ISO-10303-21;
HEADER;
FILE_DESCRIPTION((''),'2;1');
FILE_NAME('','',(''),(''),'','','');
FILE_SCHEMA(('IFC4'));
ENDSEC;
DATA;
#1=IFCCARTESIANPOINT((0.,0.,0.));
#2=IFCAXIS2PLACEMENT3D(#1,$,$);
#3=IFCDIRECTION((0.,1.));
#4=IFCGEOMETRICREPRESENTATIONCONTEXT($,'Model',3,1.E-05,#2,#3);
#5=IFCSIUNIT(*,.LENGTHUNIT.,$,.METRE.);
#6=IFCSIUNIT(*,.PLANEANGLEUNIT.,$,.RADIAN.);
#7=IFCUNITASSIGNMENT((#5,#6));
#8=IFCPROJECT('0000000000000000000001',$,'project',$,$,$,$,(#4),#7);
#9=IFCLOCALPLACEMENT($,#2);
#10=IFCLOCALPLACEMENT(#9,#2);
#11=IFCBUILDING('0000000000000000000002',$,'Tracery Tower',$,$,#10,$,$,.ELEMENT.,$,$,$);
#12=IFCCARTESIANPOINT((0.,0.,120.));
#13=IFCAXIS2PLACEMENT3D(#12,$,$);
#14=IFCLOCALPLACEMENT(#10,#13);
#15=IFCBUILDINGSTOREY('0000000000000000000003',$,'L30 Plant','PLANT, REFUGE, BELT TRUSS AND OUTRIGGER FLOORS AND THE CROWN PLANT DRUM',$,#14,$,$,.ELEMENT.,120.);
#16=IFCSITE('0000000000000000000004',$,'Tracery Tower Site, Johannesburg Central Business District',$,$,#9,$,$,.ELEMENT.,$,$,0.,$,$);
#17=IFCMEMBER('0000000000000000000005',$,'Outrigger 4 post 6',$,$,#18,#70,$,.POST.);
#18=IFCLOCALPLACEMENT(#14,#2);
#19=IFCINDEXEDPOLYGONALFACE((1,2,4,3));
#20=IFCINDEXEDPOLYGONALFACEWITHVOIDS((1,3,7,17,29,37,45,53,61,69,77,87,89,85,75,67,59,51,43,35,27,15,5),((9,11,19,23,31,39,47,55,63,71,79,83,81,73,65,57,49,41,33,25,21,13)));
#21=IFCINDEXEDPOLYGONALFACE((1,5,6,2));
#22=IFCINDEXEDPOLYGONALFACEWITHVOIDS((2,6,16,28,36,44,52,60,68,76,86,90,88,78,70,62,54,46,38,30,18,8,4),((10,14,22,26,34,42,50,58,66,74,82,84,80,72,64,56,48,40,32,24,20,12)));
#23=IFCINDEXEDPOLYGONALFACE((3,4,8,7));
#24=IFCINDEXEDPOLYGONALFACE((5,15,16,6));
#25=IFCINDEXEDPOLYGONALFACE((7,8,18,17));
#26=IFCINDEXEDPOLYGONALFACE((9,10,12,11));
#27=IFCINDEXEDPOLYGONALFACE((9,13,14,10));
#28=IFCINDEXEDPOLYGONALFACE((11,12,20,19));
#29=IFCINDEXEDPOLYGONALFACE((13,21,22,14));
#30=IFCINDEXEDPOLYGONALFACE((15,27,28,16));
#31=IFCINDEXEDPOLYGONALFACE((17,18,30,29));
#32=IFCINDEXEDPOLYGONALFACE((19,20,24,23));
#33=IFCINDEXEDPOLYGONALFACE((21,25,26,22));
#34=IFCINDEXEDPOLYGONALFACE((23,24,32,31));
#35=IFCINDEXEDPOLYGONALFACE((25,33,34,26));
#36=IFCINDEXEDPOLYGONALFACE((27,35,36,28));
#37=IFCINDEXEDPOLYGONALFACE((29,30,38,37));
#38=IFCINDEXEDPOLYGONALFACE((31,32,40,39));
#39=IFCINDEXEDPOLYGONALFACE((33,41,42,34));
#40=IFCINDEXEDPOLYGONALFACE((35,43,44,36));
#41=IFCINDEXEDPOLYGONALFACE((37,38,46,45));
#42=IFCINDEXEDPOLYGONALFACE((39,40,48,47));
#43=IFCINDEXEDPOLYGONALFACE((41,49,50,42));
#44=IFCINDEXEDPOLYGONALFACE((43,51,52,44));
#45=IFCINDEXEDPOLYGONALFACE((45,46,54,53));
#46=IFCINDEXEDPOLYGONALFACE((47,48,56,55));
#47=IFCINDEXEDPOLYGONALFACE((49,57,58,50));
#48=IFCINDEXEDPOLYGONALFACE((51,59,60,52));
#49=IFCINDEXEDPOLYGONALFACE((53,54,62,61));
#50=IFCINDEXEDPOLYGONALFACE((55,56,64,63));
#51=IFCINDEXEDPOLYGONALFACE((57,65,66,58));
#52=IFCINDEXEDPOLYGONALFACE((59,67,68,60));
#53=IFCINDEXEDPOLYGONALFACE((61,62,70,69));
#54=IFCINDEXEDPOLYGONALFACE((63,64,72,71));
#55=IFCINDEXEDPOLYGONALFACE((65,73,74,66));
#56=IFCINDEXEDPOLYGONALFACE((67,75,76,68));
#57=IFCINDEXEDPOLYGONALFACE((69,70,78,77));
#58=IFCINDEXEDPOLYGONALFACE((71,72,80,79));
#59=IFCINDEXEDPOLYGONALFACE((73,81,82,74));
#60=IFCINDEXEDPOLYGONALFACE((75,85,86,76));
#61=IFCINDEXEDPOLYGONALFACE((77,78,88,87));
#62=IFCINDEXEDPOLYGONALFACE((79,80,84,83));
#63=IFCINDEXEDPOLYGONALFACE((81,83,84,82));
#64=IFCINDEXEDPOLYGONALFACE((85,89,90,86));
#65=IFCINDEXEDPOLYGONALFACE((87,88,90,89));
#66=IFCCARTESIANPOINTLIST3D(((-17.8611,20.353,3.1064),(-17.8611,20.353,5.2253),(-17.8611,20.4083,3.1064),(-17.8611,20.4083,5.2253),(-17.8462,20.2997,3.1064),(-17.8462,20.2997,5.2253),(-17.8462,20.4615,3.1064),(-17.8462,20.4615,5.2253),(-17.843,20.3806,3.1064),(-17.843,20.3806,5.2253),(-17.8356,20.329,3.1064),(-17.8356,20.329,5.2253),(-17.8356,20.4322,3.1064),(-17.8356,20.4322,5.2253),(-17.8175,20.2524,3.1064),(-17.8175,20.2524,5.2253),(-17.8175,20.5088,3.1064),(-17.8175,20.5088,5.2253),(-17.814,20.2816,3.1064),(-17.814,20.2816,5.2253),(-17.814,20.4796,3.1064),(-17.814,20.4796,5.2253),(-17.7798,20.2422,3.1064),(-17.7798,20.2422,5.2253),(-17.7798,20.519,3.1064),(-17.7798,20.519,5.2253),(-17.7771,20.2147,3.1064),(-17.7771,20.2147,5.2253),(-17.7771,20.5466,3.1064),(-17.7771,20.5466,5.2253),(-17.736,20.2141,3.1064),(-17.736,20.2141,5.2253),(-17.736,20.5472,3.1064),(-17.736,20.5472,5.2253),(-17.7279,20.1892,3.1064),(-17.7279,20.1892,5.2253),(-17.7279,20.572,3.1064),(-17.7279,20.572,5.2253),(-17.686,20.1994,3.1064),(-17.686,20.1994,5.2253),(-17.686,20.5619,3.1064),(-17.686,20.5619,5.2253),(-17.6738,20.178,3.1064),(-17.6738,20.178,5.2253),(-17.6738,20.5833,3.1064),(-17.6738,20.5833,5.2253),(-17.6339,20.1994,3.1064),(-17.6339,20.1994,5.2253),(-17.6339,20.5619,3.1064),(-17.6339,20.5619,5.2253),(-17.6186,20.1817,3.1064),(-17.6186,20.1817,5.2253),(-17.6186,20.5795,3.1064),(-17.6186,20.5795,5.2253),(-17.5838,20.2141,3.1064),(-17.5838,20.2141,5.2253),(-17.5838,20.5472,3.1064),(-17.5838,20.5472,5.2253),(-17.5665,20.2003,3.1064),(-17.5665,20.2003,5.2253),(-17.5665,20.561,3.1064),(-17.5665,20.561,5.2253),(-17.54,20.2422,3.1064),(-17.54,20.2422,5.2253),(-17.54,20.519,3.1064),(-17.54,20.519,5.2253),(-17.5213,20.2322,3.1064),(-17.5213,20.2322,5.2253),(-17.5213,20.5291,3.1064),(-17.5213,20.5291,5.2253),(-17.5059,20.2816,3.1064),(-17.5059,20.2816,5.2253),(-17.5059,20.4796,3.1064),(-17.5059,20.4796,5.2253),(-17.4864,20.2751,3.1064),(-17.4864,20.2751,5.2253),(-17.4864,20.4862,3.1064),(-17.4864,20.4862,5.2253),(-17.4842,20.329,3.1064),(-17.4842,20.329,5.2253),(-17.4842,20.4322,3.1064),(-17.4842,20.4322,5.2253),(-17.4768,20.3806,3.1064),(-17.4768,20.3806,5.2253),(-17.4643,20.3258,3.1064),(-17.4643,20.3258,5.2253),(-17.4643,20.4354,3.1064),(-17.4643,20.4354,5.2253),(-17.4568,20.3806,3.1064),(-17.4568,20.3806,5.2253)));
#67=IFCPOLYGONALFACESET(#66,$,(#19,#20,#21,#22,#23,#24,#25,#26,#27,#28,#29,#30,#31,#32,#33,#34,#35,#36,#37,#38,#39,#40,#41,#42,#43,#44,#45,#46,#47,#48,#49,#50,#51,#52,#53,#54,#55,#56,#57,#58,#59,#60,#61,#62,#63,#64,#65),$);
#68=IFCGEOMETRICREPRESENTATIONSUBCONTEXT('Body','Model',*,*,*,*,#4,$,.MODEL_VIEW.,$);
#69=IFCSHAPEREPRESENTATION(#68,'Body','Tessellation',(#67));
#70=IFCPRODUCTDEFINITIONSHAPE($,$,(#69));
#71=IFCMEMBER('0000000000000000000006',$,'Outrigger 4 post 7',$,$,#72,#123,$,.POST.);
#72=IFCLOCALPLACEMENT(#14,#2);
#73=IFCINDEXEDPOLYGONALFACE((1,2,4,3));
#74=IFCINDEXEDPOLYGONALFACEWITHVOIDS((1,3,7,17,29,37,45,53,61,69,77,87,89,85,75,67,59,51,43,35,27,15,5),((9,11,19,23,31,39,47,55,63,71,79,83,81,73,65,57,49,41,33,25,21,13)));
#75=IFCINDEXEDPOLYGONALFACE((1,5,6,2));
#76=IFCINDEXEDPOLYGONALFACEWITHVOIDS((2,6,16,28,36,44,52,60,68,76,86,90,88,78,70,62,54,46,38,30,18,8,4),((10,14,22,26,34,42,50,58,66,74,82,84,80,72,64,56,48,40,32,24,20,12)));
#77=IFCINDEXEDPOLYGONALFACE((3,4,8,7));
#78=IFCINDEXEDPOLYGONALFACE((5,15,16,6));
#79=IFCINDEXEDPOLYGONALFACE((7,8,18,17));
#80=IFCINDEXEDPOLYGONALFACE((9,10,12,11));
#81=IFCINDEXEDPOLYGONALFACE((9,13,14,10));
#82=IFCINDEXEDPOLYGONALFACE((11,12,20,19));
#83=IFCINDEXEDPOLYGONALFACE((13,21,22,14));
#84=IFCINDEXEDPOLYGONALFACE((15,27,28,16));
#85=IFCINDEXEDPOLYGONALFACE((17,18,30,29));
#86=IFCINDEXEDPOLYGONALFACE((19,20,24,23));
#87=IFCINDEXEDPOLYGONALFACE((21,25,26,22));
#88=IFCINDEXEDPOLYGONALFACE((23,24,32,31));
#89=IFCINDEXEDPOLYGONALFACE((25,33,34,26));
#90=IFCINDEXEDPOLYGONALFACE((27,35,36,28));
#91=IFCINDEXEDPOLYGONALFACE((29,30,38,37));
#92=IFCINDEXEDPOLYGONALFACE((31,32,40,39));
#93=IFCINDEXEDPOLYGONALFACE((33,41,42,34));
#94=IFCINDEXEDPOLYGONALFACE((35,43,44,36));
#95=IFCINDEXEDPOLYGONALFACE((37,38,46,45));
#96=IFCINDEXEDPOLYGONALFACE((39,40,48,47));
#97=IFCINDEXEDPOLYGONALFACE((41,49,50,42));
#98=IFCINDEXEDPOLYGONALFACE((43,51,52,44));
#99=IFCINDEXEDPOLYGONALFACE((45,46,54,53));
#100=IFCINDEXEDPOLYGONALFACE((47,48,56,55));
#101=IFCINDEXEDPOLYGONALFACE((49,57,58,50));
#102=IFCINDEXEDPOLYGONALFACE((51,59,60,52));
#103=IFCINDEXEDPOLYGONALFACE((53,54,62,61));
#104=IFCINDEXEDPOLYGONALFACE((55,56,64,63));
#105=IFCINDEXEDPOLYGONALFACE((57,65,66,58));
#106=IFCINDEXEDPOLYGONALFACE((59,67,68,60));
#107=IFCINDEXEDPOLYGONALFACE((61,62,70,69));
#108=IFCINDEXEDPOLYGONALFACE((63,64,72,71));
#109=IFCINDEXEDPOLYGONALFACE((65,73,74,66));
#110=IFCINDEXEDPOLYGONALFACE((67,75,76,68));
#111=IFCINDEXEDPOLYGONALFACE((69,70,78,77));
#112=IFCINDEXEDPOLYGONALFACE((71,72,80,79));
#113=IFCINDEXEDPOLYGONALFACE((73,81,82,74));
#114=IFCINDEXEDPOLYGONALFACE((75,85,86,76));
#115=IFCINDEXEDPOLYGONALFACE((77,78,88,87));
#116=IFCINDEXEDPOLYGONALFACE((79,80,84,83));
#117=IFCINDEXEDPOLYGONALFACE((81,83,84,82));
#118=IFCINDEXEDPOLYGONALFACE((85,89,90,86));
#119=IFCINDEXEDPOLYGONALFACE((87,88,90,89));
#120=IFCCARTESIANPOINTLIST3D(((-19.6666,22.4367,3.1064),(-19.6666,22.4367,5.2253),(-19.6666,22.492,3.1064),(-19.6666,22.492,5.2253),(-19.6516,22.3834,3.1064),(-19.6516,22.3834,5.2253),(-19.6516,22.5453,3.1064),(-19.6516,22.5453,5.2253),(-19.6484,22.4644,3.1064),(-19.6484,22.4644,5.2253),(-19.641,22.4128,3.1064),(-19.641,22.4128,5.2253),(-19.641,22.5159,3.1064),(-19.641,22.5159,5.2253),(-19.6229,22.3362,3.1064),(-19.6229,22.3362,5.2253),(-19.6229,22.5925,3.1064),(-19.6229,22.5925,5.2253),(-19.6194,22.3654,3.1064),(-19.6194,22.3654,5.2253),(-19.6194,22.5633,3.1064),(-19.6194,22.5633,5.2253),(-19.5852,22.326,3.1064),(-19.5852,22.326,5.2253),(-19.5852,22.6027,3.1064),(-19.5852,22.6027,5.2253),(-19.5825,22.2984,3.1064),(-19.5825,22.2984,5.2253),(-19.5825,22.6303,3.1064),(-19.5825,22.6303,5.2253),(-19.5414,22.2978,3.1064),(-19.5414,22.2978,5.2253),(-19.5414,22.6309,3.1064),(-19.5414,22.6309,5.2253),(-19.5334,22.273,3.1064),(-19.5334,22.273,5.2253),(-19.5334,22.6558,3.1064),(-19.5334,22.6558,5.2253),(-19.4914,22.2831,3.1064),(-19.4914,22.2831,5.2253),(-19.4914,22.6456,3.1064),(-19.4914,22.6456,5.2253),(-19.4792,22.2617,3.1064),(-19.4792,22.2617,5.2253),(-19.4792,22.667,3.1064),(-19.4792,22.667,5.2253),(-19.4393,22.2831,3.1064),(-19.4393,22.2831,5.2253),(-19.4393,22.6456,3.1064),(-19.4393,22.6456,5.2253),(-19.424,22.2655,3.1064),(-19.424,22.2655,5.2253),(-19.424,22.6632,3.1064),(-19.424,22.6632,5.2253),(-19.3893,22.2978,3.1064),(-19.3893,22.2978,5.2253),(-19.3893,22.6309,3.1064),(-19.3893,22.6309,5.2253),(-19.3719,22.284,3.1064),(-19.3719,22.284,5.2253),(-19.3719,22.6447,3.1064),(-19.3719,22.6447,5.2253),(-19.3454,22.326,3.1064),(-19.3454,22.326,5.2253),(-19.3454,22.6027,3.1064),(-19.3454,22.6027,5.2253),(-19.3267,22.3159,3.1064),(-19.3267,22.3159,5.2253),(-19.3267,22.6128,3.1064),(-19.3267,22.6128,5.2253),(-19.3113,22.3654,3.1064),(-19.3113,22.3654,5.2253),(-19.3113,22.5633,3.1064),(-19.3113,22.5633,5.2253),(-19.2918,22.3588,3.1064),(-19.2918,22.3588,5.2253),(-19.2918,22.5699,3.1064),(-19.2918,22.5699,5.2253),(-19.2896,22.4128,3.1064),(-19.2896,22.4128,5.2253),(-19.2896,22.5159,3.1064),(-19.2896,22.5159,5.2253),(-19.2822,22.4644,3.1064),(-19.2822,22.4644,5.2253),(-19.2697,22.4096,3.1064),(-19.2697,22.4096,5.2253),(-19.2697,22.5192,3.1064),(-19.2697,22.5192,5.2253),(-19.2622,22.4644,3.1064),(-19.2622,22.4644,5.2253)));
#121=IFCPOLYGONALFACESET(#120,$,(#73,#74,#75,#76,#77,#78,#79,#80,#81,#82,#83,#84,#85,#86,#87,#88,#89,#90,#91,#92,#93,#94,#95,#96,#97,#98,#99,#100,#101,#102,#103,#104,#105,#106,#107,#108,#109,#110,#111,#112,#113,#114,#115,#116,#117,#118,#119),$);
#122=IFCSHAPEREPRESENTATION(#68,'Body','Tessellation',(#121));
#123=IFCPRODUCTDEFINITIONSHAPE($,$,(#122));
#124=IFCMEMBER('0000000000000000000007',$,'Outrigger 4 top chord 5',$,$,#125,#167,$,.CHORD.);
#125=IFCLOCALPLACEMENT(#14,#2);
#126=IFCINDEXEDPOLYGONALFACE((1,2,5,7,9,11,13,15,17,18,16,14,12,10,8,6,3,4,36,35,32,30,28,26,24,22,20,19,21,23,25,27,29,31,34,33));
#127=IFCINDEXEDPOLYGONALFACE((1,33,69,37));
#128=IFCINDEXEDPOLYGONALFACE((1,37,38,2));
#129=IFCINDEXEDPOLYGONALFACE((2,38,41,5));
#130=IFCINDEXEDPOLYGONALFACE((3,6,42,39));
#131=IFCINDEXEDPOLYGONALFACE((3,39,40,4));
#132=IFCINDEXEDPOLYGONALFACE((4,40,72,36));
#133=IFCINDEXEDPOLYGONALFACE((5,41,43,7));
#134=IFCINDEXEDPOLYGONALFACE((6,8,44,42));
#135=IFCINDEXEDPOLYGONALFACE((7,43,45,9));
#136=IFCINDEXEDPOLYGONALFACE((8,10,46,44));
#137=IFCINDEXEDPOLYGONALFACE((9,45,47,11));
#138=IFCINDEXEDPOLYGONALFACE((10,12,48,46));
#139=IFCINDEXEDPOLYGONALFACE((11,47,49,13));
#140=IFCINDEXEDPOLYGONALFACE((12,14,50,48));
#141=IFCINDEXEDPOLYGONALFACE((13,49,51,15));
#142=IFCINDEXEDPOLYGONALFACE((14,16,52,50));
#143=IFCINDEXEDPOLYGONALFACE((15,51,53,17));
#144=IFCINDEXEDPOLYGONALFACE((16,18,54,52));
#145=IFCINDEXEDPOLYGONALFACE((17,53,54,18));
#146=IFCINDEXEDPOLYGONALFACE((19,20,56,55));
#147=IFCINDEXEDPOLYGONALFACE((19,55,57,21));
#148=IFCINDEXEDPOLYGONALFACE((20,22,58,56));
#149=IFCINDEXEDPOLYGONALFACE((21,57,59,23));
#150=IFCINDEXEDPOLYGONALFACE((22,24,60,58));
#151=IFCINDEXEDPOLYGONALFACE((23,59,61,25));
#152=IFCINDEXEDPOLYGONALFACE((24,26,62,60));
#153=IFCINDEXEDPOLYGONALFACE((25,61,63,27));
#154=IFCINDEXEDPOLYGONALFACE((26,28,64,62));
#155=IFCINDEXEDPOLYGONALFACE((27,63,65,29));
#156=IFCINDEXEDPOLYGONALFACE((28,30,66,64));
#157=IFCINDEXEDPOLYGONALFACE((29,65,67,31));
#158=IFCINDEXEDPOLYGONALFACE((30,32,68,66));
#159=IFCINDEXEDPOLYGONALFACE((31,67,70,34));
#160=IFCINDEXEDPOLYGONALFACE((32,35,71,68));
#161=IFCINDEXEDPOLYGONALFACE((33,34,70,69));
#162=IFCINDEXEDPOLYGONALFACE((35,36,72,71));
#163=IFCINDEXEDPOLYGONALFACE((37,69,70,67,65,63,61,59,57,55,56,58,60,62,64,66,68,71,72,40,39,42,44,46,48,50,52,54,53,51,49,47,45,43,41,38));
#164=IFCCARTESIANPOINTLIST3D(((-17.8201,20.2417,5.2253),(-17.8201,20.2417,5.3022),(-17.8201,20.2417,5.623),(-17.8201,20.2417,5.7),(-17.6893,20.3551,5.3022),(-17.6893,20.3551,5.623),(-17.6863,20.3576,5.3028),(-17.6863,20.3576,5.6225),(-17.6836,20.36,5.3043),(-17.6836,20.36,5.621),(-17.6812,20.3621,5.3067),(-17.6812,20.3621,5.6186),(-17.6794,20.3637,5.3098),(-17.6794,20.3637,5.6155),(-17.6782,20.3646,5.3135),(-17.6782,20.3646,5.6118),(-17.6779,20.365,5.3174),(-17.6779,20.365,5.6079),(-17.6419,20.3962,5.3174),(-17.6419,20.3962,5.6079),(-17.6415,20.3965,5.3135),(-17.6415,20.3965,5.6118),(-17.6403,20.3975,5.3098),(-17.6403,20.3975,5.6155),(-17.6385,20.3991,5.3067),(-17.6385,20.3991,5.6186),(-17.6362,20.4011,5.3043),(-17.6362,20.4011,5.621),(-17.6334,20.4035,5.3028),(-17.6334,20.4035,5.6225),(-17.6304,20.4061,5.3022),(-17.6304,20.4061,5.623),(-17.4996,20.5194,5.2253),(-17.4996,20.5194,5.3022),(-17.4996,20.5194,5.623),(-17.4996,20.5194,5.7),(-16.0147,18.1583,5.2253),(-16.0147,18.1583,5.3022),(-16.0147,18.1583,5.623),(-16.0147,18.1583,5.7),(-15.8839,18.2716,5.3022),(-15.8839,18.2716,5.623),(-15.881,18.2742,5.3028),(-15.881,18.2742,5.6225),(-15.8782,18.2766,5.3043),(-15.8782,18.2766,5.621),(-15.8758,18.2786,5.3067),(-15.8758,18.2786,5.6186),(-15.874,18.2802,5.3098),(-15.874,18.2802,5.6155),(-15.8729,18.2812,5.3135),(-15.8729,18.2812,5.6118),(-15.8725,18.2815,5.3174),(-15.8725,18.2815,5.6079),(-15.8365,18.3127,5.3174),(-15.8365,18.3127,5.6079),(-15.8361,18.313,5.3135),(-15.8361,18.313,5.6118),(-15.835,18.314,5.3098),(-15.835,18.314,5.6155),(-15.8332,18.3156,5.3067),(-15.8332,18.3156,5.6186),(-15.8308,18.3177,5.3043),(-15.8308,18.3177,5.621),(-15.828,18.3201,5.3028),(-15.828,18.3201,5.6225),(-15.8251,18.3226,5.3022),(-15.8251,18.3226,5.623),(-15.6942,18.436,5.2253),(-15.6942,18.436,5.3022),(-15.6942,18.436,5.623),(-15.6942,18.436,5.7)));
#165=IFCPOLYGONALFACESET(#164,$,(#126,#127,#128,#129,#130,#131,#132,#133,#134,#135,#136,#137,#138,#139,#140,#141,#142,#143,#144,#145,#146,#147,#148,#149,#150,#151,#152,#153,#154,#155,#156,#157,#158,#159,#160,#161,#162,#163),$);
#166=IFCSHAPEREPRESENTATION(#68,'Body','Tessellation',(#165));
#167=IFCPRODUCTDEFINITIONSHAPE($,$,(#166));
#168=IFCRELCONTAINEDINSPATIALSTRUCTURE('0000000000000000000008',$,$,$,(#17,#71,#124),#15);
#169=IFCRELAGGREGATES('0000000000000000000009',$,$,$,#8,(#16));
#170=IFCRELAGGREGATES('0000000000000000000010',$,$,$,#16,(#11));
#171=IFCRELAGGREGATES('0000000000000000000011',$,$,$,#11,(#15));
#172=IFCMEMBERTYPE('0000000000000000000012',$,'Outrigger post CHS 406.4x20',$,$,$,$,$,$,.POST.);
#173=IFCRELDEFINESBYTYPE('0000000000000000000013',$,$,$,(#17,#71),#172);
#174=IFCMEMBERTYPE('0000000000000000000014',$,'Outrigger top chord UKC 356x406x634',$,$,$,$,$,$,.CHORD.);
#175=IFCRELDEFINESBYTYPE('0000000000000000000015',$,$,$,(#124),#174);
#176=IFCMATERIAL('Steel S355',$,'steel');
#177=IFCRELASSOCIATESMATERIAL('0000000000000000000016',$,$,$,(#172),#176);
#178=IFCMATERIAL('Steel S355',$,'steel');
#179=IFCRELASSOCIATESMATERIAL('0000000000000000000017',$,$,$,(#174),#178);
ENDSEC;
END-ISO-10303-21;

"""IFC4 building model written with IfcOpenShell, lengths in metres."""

from ifc_helpers import new_model, si_unit, direction, frame, origin, origin_2d, place, context, subcontext, project, spatial, hollow_circle, i_section, extrude, material, material_profile, profile_set, type_object, element, save


model = new_model("IFC4")

# Units and contexts
model_context = context("Model", 3, precision=1e-05, world=origin(), true_north=direction((0.0, 1.0)))
body_context = subcontext(model_context, "Body", "Model", "MODEL_VIEW")
ifc_project = project(units=[si_unit("LENGTHUNIT", "METRE"), si_unit("PLANEANGLEUNIT", "RADIAN")], contexts=[model_context])

# Site, building, storey
site_placement = place(None, origin())
site = spatial("IfcSite", under=ifc_project, at=site_placement, Name="Tracery Tower Site, Johannesburg Central Business District", CompositionType="ELEMENT", RefElevation=0.0)
building_placement = place(site_placement, origin())
building = spatial("IfcBuilding", under=site, at=building_placement, Name="Tracery Tower", CompositionType="ELEMENT")
storey_placement = place(building_placement, frame((0.0, 0.0, 120.0)))
storey = spatial("IfcBuildingStorey", under=building, at=storey_placement, Name="L30 Plant", Description="PLANT, REFUGE, BELT TRUSS AND OUTRIGGER FLOORS AND THE CROWN PLANT DRUM", CompositionType="ELEMENT", Elevation=120.0)

# Members
ifc_material_1 = material(Name="Steel S355", Category="steel")
ifc_material_profile_1 = material_profile(ifc_material_1, hollow_circle(Radius=0.2031, WallThickness=0.02, at=origin_2d()), Name="CHS 406.4x20")
ifc_profile_set_1 = profile_set([ifc_material_profile_1], Name="Steel S355")
member_type_1 = type_object("IfcMemberType", Name="Outrigger post CHS 406.4x20", PredefinedType="POST", material=ifc_profile_set_1)
for number, where, z_axis, x_axis, name in (
    (1, (-17.6599, 20.3806, 3.1064), (0.0, 0.0, 1.0), (1.0, 0.0, 0.0), "Outrigger 4 post 6"),
    (2, (-19.4653, 22.4644, 3.1064), (0.0, 0.0, 1.0), (1.0, 0.0, 0.0), "Outrigger 4 post 7"),
):
    element("IfcMember", number, at=place(storey_placement, frame(where, z_axis=z_axis, x_axis=x_axis)), inside=storey, type_object=member_type_1, Name=name, PredefinedType="POST", context=body_context, shape_type="SweptSolid", body=[
        extrude(hollow_circle(Radius=0.2031, WallThickness=0.02, at=origin_2d()), origin(), (0.0, 0.0, 1.0), 2.1189),
    ])
ifc_material_2 = material(Name="Steel S355", Category="steel")
ifc_material_profile_2 = material_profile(ifc_material_2, i_section(OverallWidth=0.4241, OverallDepth=0.4746, WebThickness=0.0476, FlangeThickness=0.0769, FilletRadius=0.0151, at=origin_2d()), Name="UKC 356x406x634")
ifc_profile_set_2 = profile_set([ifc_material_profile_2], Name="Steel S355")
member_type_2 = type_object("IfcMemberType", Name="Outrigger top chord UKC 356x406x634", PredefinedType="CHORD", material=ifc_profile_set_2)
member_1_placement = place(storey_placement, frame((-15.8545, 18.2971, 5.4626), z_axis=(-0.654873, 0.755739, 0.0), x_axis=(-0.755739, -0.654873, 0.0)))
element("IfcMember", 3, at=member_1_placement, inside=storey, type_object=member_type_2, Name="Outrigger 4 top chord 5", PredefinedType="CHORD", context=body_context, shape_type="SweptSolid", body=[
    extrude(i_section(OverallWidth=0.4241, OverallDepth=0.4746, WebThickness=0.0476, FlangeThickness=0.0769, FilletRadius=0.0151, at=origin_2d()), origin(), (0.0, 0.0, 1.0), 2.7568),
])

save(model, "model.ifc")
